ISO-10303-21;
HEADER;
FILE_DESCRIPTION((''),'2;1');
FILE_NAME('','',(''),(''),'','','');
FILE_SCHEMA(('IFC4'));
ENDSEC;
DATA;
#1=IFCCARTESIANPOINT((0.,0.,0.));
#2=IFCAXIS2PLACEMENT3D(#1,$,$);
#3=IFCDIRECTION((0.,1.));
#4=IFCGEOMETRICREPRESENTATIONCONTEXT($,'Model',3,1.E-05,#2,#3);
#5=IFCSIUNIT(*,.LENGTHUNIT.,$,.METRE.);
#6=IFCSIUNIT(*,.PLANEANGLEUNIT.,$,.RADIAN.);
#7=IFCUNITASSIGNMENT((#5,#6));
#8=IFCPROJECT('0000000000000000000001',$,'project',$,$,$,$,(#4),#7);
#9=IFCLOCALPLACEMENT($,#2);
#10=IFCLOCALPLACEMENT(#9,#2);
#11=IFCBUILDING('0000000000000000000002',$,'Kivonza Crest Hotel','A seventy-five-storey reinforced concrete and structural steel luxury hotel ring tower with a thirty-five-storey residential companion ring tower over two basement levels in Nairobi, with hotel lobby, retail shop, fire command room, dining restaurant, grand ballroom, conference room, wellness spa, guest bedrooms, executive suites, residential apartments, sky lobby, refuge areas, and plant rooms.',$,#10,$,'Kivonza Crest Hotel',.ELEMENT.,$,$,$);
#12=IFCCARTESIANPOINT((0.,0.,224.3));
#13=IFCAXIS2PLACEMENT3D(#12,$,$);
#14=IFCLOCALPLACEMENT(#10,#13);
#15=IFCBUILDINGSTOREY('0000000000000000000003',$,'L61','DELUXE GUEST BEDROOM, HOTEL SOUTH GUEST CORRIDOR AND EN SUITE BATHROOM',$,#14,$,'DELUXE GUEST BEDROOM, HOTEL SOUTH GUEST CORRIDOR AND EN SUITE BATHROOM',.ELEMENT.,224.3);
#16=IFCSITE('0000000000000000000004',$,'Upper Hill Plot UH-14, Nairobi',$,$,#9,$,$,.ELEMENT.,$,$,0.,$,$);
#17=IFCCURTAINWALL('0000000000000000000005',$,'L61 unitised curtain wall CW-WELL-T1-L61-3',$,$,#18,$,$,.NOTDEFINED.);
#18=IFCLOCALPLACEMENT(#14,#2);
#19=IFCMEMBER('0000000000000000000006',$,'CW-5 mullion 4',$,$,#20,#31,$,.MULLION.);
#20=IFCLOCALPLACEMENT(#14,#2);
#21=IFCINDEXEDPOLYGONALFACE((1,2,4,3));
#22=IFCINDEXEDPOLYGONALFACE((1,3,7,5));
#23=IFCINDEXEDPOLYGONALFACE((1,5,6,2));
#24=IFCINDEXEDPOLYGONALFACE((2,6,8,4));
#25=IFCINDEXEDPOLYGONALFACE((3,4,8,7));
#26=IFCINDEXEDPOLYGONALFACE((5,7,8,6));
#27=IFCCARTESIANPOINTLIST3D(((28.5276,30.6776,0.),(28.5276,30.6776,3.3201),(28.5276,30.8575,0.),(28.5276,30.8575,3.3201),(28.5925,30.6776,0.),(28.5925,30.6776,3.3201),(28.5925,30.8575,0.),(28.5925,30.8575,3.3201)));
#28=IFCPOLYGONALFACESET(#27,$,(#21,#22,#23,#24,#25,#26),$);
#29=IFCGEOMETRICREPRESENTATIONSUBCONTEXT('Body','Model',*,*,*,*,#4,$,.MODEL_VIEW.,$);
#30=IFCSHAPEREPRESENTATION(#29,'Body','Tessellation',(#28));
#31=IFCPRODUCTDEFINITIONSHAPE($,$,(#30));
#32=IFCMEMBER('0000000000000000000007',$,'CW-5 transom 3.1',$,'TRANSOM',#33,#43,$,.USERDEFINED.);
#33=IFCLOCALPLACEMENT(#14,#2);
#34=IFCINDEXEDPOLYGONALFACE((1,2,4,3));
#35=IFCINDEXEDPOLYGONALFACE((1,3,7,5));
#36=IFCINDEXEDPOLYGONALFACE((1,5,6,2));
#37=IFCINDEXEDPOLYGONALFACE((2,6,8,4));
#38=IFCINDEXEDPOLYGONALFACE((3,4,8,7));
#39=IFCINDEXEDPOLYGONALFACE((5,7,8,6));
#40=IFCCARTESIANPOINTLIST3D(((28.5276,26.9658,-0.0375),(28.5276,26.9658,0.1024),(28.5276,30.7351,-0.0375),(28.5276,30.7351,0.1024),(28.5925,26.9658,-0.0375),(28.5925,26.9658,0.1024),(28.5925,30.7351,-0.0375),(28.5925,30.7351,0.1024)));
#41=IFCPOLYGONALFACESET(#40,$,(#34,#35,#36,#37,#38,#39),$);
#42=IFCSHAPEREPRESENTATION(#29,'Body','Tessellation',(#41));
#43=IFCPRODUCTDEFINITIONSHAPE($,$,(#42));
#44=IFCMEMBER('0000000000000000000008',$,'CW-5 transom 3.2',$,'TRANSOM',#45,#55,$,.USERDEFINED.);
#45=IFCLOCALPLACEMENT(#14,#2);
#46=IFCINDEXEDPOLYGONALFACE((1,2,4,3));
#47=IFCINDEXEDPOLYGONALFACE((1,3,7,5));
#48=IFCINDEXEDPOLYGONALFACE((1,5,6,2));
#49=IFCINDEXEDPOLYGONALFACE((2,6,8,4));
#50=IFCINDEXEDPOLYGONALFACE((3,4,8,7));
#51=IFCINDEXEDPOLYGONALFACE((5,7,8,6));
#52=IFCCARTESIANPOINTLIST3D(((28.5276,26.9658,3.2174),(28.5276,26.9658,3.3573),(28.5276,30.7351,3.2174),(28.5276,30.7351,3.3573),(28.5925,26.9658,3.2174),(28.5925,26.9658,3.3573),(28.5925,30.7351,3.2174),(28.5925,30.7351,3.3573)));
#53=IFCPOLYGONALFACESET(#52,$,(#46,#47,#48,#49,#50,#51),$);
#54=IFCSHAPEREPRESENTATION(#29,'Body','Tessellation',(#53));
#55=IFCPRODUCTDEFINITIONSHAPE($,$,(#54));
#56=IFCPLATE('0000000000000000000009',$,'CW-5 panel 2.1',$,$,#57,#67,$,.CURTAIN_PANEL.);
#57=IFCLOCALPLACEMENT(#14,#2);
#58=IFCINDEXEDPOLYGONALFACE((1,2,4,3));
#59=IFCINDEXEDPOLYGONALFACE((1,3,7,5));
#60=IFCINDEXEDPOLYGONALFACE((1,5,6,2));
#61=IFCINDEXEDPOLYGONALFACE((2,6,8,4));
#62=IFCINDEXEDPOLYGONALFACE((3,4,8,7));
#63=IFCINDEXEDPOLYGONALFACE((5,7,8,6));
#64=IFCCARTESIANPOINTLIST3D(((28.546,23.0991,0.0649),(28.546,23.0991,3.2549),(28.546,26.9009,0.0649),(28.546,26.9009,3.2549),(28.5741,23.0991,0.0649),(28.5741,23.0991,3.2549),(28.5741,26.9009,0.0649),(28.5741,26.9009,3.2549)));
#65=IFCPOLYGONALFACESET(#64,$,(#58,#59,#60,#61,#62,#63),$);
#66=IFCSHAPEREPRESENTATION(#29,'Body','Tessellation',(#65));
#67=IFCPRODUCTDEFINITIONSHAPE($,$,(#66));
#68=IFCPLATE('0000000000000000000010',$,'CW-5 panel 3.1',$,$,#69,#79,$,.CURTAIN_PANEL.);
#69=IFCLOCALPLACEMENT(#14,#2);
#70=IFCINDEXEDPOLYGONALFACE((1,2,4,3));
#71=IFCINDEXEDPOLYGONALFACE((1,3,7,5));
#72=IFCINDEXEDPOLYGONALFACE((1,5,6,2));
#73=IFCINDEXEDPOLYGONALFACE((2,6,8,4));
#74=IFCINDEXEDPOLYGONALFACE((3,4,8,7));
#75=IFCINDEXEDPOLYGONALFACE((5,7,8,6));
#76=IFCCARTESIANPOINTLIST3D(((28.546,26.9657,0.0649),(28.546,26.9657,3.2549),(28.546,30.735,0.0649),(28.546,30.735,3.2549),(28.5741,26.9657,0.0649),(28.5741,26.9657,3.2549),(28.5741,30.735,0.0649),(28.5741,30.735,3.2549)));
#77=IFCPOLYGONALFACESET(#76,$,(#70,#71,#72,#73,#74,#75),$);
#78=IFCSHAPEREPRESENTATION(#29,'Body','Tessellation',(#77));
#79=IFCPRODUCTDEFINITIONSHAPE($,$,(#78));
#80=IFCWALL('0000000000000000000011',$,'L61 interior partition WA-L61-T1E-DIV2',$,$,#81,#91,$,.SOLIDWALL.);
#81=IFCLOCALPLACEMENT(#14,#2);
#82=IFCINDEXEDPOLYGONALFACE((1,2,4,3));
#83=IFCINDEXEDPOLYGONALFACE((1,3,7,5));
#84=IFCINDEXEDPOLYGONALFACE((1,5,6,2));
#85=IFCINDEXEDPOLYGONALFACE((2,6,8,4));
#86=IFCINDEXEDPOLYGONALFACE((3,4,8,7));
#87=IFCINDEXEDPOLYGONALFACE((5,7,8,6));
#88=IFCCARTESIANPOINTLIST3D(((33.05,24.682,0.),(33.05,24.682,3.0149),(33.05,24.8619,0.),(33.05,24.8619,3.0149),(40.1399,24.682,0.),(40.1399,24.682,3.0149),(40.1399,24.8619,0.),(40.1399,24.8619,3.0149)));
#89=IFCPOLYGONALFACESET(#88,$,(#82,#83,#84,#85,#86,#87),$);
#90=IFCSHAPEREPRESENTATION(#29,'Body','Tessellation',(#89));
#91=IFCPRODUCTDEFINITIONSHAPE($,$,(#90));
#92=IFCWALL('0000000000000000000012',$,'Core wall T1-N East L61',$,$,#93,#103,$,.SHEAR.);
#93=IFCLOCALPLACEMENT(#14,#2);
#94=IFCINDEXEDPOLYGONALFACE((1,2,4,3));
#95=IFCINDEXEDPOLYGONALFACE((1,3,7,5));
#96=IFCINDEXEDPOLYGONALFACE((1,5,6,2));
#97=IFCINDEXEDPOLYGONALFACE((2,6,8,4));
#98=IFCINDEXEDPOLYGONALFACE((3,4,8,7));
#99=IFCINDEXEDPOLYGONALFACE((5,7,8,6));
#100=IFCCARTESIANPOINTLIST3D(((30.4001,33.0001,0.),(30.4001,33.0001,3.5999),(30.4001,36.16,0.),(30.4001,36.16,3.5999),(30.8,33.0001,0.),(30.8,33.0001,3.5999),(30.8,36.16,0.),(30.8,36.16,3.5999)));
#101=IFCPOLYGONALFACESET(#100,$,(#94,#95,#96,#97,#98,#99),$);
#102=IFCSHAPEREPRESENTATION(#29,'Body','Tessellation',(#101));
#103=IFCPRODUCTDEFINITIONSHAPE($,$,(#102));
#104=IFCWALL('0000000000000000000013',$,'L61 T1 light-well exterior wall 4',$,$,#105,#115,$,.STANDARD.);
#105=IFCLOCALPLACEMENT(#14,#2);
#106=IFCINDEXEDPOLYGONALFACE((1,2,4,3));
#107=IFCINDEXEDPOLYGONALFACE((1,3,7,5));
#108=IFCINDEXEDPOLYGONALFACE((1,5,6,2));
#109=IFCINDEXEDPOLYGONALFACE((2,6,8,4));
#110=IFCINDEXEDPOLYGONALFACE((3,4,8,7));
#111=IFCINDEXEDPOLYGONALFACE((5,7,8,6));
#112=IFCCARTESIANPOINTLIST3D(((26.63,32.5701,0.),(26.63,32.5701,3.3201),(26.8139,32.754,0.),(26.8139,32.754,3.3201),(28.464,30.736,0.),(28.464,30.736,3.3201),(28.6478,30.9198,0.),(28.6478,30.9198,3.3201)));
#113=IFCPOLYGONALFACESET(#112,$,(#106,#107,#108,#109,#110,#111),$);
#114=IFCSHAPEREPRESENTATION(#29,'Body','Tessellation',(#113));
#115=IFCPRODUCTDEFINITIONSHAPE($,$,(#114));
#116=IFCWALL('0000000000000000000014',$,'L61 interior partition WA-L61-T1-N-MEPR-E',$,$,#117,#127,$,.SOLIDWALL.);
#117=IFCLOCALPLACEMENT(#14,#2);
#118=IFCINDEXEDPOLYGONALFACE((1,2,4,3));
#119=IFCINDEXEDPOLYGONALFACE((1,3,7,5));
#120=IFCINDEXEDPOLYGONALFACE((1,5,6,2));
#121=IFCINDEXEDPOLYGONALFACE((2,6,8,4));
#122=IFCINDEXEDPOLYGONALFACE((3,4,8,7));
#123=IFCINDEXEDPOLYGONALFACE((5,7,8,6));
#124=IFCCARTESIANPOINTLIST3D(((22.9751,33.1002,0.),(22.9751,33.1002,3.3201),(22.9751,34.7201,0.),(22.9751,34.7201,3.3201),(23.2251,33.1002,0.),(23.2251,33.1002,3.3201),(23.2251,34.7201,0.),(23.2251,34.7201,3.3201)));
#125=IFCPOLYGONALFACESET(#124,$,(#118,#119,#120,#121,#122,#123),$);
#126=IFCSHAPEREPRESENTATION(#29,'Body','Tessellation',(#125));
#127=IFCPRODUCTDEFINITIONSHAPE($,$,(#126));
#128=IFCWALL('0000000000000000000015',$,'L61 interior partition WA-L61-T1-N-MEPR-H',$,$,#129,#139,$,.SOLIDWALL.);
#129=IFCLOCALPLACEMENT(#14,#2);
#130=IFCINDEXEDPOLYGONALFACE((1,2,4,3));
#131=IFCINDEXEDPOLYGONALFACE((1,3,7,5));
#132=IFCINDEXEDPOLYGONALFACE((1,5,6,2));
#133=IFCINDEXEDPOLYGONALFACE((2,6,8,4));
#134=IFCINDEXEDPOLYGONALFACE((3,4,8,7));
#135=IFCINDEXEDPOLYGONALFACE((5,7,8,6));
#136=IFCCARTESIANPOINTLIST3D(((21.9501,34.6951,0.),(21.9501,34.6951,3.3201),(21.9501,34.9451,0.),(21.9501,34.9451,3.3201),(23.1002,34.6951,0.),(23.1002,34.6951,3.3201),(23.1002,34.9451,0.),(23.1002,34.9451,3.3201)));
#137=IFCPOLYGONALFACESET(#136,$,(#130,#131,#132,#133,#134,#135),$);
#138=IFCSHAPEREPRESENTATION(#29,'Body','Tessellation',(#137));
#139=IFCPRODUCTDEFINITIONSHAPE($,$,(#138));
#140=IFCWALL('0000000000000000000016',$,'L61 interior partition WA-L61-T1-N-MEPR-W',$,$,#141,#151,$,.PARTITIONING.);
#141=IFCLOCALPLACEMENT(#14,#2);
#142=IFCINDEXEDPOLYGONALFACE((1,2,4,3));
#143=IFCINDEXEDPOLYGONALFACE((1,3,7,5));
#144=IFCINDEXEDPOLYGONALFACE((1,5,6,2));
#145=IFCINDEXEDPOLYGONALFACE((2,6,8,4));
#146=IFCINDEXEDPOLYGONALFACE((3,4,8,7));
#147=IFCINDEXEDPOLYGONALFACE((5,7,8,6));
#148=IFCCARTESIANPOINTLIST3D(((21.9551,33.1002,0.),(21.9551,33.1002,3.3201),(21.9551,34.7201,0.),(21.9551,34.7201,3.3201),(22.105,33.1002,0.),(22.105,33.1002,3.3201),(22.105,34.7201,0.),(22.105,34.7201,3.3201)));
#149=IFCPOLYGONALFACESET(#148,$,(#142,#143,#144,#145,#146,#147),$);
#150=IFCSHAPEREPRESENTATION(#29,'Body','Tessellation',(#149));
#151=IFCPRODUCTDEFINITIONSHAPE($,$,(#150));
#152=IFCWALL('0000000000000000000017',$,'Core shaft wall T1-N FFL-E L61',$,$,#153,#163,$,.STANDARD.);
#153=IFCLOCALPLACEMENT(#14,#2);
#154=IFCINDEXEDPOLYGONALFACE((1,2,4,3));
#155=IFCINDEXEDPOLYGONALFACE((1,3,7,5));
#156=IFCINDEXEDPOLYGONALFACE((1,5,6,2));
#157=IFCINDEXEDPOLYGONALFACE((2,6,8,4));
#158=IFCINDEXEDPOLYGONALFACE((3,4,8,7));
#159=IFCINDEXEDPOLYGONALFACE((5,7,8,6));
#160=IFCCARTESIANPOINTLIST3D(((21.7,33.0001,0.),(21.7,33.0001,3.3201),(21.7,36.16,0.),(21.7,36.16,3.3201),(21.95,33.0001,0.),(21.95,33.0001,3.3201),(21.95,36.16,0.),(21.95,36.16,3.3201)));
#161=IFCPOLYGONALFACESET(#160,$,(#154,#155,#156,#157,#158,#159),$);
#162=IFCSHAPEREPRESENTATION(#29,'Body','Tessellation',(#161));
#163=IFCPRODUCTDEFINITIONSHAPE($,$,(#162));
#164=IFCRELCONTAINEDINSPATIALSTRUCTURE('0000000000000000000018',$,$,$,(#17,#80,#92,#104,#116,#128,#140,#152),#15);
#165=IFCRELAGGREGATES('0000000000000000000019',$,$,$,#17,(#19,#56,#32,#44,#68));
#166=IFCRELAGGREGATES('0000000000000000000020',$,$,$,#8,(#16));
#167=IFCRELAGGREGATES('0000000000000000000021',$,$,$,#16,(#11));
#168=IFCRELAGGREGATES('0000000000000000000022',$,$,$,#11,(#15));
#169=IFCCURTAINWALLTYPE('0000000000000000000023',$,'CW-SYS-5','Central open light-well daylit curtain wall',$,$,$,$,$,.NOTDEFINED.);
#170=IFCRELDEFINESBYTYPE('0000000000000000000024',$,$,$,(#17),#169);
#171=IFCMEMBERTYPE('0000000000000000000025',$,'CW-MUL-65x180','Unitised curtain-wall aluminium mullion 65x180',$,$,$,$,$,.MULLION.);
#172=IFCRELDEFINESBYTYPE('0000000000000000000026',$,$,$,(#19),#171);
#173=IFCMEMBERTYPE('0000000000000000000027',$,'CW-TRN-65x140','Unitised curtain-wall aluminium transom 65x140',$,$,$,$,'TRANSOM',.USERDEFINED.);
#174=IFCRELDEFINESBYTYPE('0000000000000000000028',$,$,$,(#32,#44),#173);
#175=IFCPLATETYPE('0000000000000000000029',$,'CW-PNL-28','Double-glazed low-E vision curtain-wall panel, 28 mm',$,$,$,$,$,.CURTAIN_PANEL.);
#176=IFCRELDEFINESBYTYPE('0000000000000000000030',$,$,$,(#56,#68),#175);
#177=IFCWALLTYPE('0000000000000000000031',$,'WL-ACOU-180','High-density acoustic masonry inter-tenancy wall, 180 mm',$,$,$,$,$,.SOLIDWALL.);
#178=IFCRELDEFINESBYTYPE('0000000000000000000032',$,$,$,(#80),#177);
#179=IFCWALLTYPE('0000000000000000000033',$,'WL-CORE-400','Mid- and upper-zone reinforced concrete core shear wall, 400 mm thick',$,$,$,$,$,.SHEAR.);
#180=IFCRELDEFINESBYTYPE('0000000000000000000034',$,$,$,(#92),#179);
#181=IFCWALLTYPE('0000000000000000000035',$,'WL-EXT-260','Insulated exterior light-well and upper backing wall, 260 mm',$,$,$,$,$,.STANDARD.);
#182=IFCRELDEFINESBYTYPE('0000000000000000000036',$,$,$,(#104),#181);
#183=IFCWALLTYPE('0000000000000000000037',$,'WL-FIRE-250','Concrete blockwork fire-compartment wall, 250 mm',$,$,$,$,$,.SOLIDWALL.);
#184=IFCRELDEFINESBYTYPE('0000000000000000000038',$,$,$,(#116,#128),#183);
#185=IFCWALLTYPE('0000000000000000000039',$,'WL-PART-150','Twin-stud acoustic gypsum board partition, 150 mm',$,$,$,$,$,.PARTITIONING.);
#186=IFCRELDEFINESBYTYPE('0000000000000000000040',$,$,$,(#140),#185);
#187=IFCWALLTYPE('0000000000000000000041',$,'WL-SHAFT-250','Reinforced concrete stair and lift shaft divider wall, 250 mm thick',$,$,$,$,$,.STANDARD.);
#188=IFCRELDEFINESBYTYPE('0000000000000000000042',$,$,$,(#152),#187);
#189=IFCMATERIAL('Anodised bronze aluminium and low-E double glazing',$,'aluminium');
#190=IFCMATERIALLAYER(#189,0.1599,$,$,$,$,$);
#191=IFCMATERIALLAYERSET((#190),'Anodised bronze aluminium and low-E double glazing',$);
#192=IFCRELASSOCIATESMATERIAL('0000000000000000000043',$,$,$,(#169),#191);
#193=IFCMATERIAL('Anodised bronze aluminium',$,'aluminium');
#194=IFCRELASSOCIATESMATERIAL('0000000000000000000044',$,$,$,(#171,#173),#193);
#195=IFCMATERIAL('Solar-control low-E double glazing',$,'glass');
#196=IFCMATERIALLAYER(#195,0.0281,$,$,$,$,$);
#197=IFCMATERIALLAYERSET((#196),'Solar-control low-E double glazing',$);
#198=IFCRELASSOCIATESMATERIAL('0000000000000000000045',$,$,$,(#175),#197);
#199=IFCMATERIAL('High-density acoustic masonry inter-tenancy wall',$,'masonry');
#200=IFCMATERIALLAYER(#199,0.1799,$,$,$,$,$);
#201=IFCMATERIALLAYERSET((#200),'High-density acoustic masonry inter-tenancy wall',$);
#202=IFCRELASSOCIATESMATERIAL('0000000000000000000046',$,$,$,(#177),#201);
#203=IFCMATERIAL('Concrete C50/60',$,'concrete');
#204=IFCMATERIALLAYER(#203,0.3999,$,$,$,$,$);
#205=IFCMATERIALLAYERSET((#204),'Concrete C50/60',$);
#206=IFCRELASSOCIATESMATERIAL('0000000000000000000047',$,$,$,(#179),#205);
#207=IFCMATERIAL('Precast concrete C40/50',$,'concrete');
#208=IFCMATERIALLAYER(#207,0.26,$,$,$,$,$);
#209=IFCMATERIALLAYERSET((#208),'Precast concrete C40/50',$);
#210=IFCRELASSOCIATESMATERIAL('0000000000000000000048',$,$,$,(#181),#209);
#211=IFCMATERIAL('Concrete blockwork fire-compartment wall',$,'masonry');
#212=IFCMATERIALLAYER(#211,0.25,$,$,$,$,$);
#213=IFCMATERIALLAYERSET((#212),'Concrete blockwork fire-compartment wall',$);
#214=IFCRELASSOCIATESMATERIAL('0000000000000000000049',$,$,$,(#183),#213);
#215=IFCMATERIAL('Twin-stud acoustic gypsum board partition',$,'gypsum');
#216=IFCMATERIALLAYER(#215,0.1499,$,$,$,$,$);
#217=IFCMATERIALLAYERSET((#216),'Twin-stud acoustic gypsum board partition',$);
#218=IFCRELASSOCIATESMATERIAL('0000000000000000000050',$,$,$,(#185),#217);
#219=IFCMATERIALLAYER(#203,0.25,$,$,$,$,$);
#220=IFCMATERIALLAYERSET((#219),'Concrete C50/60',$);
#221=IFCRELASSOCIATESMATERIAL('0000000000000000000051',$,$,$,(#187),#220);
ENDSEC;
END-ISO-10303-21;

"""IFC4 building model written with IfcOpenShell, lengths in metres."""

from ifc_helpers import new_model, si_unit, direction, frame, frame_2d, origin, origin_2d, place, context, subcontext, project, spatial, rectangle, extrude, material, layer, layer_set, material_profile, profile_set, type_object, element, aggregate, save


model = new_model("IFC4")

# Units and contexts
model_context = context("Model", 3, precision=1e-05, world=origin(), true_north=direction((0.0, 1.0)))
body_context = subcontext(model_context, "Body", "Model", "MODEL_VIEW")
ifc_project = project(units=[si_unit("LENGTHUNIT", "METRE"), si_unit("PLANEANGLEUNIT", "RADIAN")], contexts=[model_context])

# Site, building, storey
site_placement = place(None, origin())
site = spatial("IfcSite", under=ifc_project, at=site_placement, Name="Upper Hill Plot UH-14, Nairobi", CompositionType="ELEMENT", RefElevation=0.0)
building_placement = place(site_placement, origin())
building = spatial("IfcBuilding", under=site, at=building_placement, Name="Kivonza Crest Hotel", Description="A seventy-five-storey reinforced concrete and structural steel luxury hotel ring tower with a thirty-five-storey residential companion ring tower over two basement levels in Nairobi, with hotel lobby, retail shop, fire command room, dining restaurant, grand ballroom, conference room, wellness spa, guest bedrooms, executive suites, residential apartments, sky lobby, refuge areas, and plant rooms.", LongName="Kivonza Crest Hotel", CompositionType="ELEMENT")
storey_placement = place(building_placement, frame((0.0, 0.0, 224.3)))
storey = spatial("IfcBuildingStorey", under=building, at=storey_placement, Name="L61", Description="DELUXE GUEST BEDROOM, HOTEL SOUTH GUEST CORRIDOR AND EN SUITE BATHROOM", LongName="DELUXE GUEST BEDROOM, HOTEL SOUTH GUEST CORRIDOR AND EN SUITE BATHROOM", CompositionType="ELEMENT", Elevation=224.3)

# Shared definitions
ifc_material_1 = material(Name="Concrete C50/60", Category="concrete")

# Curtain wall, members, plates
ifc_material_2 = material(Name="Anodised bronze aluminium and low-E double glazing", Category="aluminium")
ifc_layer_1 = layer(ifc_material_2, 0.1599)
ifc_layer_set_1 = layer_set([ifc_layer_1], Name="Anodised bronze aluminium and low-E double glazing")
curtain_wall_type = type_object("IfcCurtainWallType", Name="CW-SYS-5", Description="Central open light-well daylit curtain wall", PredefinedType="NOTDEFINED", material=ifc_layer_set_1)
curtain_wall_placement = place(storey_placement, origin())
curtain_wall = element("IfcCurtainWall", 1, at=curtain_wall_placement, inside=storey, type_object=curtain_wall_type, Name="L61 unitised curtain wall CW-WELL-T1-L61-3", PredefinedType="NOTDEFINED")
ifc_material_3 = material(Name="Anodised bronze aluminium", Category="aluminium")
ifc_material_profile_1 = material_profile(ifc_material_3, rectangle(XDim=0.0649, YDim=0.1799, at=origin_2d()), Name="CW-M 65x180")
ifc_profile_set_1 = profile_set([ifc_material_profile_1], Name="Anodised bronze aluminium")
member_type_1 = type_object("IfcMemberType", Name="CW-MUL-65x180", Description="Unitised curtain-wall aluminium mullion 65x180", PredefinedType="MULLION", material=ifc_profile_set_1)
member_1_placement = place(storey_placement, frame((28.5601, 30.7676, 0.0), z_axis=(0.0, 0.0, 1.0), x_axis=(-1.0, 0.0, 0.0)))
member_1 = element("IfcMember", 2, at=member_1_placement, type_object=member_type_1, Name="CW-5 mullion 4", PredefinedType="MULLION", context=body_context, shape_type="SweptSolid", body=[
    extrude(rectangle(XDim=0.0649, YDim=0.1799, at=origin_2d()), origin(), (0.0, 0.0, 1.0), 3.3201),
])
ifc_material_profile_2 = material_profile(ifc_material_3, rectangle(XDim=0.0649, YDim=0.1399, at=origin_2d()), Name="CW-T 65x140")
ifc_profile_set_2 = profile_set([ifc_material_profile_2], Name="Anodised bronze aluminium")
member_type_2 = type_object("IfcMemberType", Name="CW-TRN-65x140", Description="Unitised curtain-wall aluminium transom 65x140", ElementType="TRANSOM", PredefinedType="USERDEFINED", material=ifc_profile_set_2)
member_2_placement = place(storey_placement, frame((28.5601, 26.9658, 0.0325), z_axis=(0.0, 1.0, 0.0), x_axis=(-1.0, 0.0, 0.0)))
member_2 = element("IfcMember", 3, at=member_2_placement, type_object=member_type_2, Name="CW-5 transom 3.1", ObjectType="TRANSOM", PredefinedType="USERDEFINED", context=body_context, shape_type="SweptSolid", body=[
    extrude(rectangle(XDim=0.0649, YDim=0.1399, at=origin_2d()), origin(), (0.0, 0.0, 1.0), 3.7693),
])
member_3_placement = place(storey_placement, frame((28.5601, 26.9658, 3.2874), z_axis=(0.0, 1.0, 0.0), x_axis=(-1.0, 0.0, 0.0)))
member_3 = element("IfcMember", 4, at=member_3_placement, type_object=member_type_2, Name="CW-5 transom 3.2", ObjectType="TRANSOM", PredefinedType="USERDEFINED", context=body_context, shape_type="SweptSolid", body=[
    extrude(rectangle(XDim=0.0649, YDim=0.1399, at=origin_2d()), origin(), (0.0, 0.0, 1.0), 3.7693),
])
ifc_material_4 = material(Name="Solar-control low-E double glazing", Category="glass")
ifc_layer_2 = layer(ifc_material_4, 0.0281)
ifc_layer_set_2 = layer_set([ifc_layer_2], Name="Solar-control low-E double glazing")
plate_type = type_object("IfcPlateType", Name="CW-PNL-28", Description="Double-glazed low-E vision curtain-wall panel, 28 mm", PredefinedType="CURTAIN_PANEL", material=ifc_layer_set_2)
plate_1_placement = place(storey_placement, frame((28.5601, 25.0, 0.0649), z_axis=(0.0, 0.0, 1.0), x_axis=(0.0, 1.0, 0.0)))
plate_1 = element("IfcPlate", 5, at=plate_1_placement, type_object=plate_type, Name="CW-5 panel 2.1", PredefinedType="CURTAIN_PANEL", context=body_context, shape_type="SweptSolid", body=[
    extrude(rectangle(XDim=3.8018, YDim=0.0281, at=origin_2d()), origin(), (0.0, 0.0, 1.0), 3.1899),
])
plate_2_placement = place(storey_placement, frame((28.5601, 28.8503, 0.0649), z_axis=(0.0, 0.0, 1.0), x_axis=(0.0, 1.0, 0.0)))
plate_2 = element("IfcPlate", 6, at=plate_2_placement, type_object=plate_type, Name="CW-5 panel 3.1", PredefinedType="CURTAIN_PANEL", context=body_context, shape_type="SweptSolid", body=[
    extrude(rectangle(XDim=3.7693, YDim=0.0281, at=origin_2d()), origin(), (0.0, 0.0, 1.0), 3.1899),
])
aggregate(curtain_wall, [member_1, plate_1, member_2, member_3, plate_2])

# Walls
ifc_material_5 = material(Name="High-density acoustic masonry inter-tenancy wall", Category="masonry")
ifc_layer_3 = layer(ifc_material_5, 0.1799)
ifc_layer_set_3 = layer_set([ifc_layer_3], Name="High-density acoustic masonry inter-tenancy wall")
wall_type_1 = type_object("IfcWallType", Name="WL-ACOU-180", Description="High-density acoustic masonry inter-tenancy wall, 180 mm", PredefinedType="SOLIDWALL", material=ifc_layer_set_3)
wall_1_placement = place(storey_placement, frame((33.05, 24.772, 0.0), z_axis=(0.0, 0.0, 1.0), x_axis=(1.0, 0.0, 0.0)))
element("IfcWall", 7, at=wall_1_placement, inside=storey, type_object=wall_type_1, Name="L61 interior partition WA-L61-T1E-DIV2", PredefinedType="SOLIDWALL", context=body_context, shape_type="SweptSolid", body=[
    extrude(rectangle(XDim=7.0898, YDim=0.1799, at=frame_2d((3.5449, 0.0))), origin(), (0.0, 0.0, 1.0), 3.0149),
])
ifc_layer_4 = layer(ifc_material_1, 0.3999)
ifc_layer_set_4 = layer_set([ifc_layer_4], Name="Concrete C50/60")
wall_type_2 = type_object("IfcWallType", Name="WL-CORE-400", Description="Mid- and upper-zone reinforced concrete core shear wall, 400 mm thick", PredefinedType="SHEAR", material=ifc_layer_set_4)
wall_2_placement = place(storey_placement, frame((30.6001, 33.0, 0.0), z_axis=(0.0, 0.0, 1.0), x_axis=(0.0, 1.0, 0.0)))
element("IfcWall", 8, at=wall_2_placement, inside=storey, type_object=wall_type_2, Name="Core wall T1-N East L61", PredefinedType="SHEAR", context=body_context, shape_type="SweptSolid", body=[
    extrude(rectangle(XDim=3.1599, YDim=0.3999, at=frame_2d((1.5801, 0.0))), origin(), (0.0, 0.0, 1.0), 3.5999),
])
ifc_material_6 = material(Name="Precast concrete C40/50", Category="concrete")
ifc_layer_5 = layer(ifc_material_6, 0.26)
ifc_layer_set_5 = layer_set([ifc_layer_5], Name="Precast concrete C40/50")
wall_type_3 = type_object("IfcWallType", Name="WL-EXT-260", Description="Insulated exterior light-well and upper backing wall, 260 mm", PredefinedType="STANDARD", material=ifc_layer_set_5)
wall_3_placement = place(storey_placement, frame((28.5559, 30.8279, 0.0), z_axis=(0.0, 0.0, 1.0), x_axis=(-0.70706, 0.707154, 0.0)))
element("IfcWall", 9, at=wall_3_placement, inside=storey, type_object=wall_type_3, Name="L61 T1 light-well exterior wall 4", PredefinedType="STANDARD", context=body_context, shape_type="SweptSolid", body=[
    extrude(rectangle(XDim=2.5938, YDim=0.26, at=frame_2d((1.2969, 0.0))), origin(), (0.0, 0.0, 1.0), 3.3201),
])
ifc_material_7 = material(Name="Concrete blockwork fire-compartment wall", Category="masonry")
ifc_layer_6 = layer(ifc_material_7, 0.25)
ifc_layer_set_6 = layer_set([ifc_layer_6], Name="Concrete blockwork fire-compartment wall")
wall_type_4 = type_object("IfcWallType", Name="WL-FIRE-250", Description="Concrete blockwork fire-compartment wall, 250 mm", PredefinedType="SOLIDWALL", material=ifc_layer_set_6)
wall_4_placement = place(storey_placement, frame((23.1001, 33.1001, 0.0), z_axis=(0.0, 0.0, 1.0), x_axis=(0.0, 1.0, 0.0)))
element("IfcWall", 10, at=wall_4_placement, inside=storey, type_object=wall_type_4, Name="L61 interior partition WA-L61-T1-N-MEPR-E", PredefinedType="SOLIDWALL", context=body_context, shape_type="SweptSolid", body=[
    extrude(rectangle(XDim=1.6199, YDim=0.25, at=frame_2d((0.8101, 0.0))), origin(), (0.0, 0.0, 1.0), 3.3201),
])
wall_5_placement = place(storey_placement, frame((21.95, 34.8201, 0.0), z_axis=(0.0, 0.0, 1.0), x_axis=(1.0, 0.0, 0.0)))
element("IfcWall", 11, at=wall_5_placement, inside=storey, type_object=wall_type_4, Name="L61 interior partition WA-L61-T1-N-MEPR-H", PredefinedType="SOLIDWALL", context=body_context, shape_type="SweptSolid", body=[
    extrude(rectangle(XDim=1.1501, YDim=0.25, at=frame_2d((0.5752, 0.0))), origin(), (0.0, 0.0, 1.0), 3.3201),
])
ifc_material_8 = material(Name="Twin-stud acoustic gypsum board partition", Category="gypsum")
ifc_layer_7 = layer(ifc_material_8, 0.1499)
ifc_layer_set_7 = layer_set([ifc_layer_7], Name="Twin-stud acoustic gypsum board partition")
wall_type_5 = type_object("IfcWallType", Name="WL-PART-150", Description="Twin-stud acoustic gypsum board partition, 150 mm", PredefinedType="PARTITIONING", material=ifc_layer_set_7)
wall_6_placement = place(storey_placement, frame((22.03, 33.1001, 0.0), z_axis=(0.0, 0.0, 1.0), x_axis=(0.0, 1.0, 0.0)))
element("IfcWall", 12, at=wall_6_placement, inside=storey, type_object=wall_type_5, Name="L61 interior partition WA-L61-T1-N-MEPR-W", PredefinedType="PARTITIONING", context=body_context, shape_type="SweptSolid", body=[
    extrude(rectangle(XDim=1.6199, YDim=0.1499, at=frame_2d((0.8101, 0.0))), origin(), (0.0, 0.0, 1.0), 3.3201),
])
ifc_layer_8 = layer(ifc_material_1, 0.25)
ifc_layer_set_8 = layer_set([ifc_layer_8], Name="Concrete C50/60")
wall_type_6 = type_object("IfcWallType", Name="WL-SHAFT-250", Description="Reinforced concrete stair and lift shaft divider wall, 250 mm thick", PredefinedType="STANDARD", material=ifc_layer_set_8)
wall_7_placement = place(storey_placement, frame((21.825, 33.0, 0.0), z_axis=(0.0, 0.0, 1.0), x_axis=(0.0, 1.0, 0.0)))
element("IfcWall", 13, at=wall_7_placement, inside=storey, type_object=wall_type_6, Name="Core shaft wall T1-N FFL-E L61", PredefinedType="STANDARD", context=body_context, shape_type="SweptSolid", body=[
    extrude(rectangle(XDim=3.1599, YDim=0.25, at=frame_2d((1.5801, 0.0))), origin(), (0.0, 0.0, 1.0), 3.3201),
])

save(model, "model.ifc")
